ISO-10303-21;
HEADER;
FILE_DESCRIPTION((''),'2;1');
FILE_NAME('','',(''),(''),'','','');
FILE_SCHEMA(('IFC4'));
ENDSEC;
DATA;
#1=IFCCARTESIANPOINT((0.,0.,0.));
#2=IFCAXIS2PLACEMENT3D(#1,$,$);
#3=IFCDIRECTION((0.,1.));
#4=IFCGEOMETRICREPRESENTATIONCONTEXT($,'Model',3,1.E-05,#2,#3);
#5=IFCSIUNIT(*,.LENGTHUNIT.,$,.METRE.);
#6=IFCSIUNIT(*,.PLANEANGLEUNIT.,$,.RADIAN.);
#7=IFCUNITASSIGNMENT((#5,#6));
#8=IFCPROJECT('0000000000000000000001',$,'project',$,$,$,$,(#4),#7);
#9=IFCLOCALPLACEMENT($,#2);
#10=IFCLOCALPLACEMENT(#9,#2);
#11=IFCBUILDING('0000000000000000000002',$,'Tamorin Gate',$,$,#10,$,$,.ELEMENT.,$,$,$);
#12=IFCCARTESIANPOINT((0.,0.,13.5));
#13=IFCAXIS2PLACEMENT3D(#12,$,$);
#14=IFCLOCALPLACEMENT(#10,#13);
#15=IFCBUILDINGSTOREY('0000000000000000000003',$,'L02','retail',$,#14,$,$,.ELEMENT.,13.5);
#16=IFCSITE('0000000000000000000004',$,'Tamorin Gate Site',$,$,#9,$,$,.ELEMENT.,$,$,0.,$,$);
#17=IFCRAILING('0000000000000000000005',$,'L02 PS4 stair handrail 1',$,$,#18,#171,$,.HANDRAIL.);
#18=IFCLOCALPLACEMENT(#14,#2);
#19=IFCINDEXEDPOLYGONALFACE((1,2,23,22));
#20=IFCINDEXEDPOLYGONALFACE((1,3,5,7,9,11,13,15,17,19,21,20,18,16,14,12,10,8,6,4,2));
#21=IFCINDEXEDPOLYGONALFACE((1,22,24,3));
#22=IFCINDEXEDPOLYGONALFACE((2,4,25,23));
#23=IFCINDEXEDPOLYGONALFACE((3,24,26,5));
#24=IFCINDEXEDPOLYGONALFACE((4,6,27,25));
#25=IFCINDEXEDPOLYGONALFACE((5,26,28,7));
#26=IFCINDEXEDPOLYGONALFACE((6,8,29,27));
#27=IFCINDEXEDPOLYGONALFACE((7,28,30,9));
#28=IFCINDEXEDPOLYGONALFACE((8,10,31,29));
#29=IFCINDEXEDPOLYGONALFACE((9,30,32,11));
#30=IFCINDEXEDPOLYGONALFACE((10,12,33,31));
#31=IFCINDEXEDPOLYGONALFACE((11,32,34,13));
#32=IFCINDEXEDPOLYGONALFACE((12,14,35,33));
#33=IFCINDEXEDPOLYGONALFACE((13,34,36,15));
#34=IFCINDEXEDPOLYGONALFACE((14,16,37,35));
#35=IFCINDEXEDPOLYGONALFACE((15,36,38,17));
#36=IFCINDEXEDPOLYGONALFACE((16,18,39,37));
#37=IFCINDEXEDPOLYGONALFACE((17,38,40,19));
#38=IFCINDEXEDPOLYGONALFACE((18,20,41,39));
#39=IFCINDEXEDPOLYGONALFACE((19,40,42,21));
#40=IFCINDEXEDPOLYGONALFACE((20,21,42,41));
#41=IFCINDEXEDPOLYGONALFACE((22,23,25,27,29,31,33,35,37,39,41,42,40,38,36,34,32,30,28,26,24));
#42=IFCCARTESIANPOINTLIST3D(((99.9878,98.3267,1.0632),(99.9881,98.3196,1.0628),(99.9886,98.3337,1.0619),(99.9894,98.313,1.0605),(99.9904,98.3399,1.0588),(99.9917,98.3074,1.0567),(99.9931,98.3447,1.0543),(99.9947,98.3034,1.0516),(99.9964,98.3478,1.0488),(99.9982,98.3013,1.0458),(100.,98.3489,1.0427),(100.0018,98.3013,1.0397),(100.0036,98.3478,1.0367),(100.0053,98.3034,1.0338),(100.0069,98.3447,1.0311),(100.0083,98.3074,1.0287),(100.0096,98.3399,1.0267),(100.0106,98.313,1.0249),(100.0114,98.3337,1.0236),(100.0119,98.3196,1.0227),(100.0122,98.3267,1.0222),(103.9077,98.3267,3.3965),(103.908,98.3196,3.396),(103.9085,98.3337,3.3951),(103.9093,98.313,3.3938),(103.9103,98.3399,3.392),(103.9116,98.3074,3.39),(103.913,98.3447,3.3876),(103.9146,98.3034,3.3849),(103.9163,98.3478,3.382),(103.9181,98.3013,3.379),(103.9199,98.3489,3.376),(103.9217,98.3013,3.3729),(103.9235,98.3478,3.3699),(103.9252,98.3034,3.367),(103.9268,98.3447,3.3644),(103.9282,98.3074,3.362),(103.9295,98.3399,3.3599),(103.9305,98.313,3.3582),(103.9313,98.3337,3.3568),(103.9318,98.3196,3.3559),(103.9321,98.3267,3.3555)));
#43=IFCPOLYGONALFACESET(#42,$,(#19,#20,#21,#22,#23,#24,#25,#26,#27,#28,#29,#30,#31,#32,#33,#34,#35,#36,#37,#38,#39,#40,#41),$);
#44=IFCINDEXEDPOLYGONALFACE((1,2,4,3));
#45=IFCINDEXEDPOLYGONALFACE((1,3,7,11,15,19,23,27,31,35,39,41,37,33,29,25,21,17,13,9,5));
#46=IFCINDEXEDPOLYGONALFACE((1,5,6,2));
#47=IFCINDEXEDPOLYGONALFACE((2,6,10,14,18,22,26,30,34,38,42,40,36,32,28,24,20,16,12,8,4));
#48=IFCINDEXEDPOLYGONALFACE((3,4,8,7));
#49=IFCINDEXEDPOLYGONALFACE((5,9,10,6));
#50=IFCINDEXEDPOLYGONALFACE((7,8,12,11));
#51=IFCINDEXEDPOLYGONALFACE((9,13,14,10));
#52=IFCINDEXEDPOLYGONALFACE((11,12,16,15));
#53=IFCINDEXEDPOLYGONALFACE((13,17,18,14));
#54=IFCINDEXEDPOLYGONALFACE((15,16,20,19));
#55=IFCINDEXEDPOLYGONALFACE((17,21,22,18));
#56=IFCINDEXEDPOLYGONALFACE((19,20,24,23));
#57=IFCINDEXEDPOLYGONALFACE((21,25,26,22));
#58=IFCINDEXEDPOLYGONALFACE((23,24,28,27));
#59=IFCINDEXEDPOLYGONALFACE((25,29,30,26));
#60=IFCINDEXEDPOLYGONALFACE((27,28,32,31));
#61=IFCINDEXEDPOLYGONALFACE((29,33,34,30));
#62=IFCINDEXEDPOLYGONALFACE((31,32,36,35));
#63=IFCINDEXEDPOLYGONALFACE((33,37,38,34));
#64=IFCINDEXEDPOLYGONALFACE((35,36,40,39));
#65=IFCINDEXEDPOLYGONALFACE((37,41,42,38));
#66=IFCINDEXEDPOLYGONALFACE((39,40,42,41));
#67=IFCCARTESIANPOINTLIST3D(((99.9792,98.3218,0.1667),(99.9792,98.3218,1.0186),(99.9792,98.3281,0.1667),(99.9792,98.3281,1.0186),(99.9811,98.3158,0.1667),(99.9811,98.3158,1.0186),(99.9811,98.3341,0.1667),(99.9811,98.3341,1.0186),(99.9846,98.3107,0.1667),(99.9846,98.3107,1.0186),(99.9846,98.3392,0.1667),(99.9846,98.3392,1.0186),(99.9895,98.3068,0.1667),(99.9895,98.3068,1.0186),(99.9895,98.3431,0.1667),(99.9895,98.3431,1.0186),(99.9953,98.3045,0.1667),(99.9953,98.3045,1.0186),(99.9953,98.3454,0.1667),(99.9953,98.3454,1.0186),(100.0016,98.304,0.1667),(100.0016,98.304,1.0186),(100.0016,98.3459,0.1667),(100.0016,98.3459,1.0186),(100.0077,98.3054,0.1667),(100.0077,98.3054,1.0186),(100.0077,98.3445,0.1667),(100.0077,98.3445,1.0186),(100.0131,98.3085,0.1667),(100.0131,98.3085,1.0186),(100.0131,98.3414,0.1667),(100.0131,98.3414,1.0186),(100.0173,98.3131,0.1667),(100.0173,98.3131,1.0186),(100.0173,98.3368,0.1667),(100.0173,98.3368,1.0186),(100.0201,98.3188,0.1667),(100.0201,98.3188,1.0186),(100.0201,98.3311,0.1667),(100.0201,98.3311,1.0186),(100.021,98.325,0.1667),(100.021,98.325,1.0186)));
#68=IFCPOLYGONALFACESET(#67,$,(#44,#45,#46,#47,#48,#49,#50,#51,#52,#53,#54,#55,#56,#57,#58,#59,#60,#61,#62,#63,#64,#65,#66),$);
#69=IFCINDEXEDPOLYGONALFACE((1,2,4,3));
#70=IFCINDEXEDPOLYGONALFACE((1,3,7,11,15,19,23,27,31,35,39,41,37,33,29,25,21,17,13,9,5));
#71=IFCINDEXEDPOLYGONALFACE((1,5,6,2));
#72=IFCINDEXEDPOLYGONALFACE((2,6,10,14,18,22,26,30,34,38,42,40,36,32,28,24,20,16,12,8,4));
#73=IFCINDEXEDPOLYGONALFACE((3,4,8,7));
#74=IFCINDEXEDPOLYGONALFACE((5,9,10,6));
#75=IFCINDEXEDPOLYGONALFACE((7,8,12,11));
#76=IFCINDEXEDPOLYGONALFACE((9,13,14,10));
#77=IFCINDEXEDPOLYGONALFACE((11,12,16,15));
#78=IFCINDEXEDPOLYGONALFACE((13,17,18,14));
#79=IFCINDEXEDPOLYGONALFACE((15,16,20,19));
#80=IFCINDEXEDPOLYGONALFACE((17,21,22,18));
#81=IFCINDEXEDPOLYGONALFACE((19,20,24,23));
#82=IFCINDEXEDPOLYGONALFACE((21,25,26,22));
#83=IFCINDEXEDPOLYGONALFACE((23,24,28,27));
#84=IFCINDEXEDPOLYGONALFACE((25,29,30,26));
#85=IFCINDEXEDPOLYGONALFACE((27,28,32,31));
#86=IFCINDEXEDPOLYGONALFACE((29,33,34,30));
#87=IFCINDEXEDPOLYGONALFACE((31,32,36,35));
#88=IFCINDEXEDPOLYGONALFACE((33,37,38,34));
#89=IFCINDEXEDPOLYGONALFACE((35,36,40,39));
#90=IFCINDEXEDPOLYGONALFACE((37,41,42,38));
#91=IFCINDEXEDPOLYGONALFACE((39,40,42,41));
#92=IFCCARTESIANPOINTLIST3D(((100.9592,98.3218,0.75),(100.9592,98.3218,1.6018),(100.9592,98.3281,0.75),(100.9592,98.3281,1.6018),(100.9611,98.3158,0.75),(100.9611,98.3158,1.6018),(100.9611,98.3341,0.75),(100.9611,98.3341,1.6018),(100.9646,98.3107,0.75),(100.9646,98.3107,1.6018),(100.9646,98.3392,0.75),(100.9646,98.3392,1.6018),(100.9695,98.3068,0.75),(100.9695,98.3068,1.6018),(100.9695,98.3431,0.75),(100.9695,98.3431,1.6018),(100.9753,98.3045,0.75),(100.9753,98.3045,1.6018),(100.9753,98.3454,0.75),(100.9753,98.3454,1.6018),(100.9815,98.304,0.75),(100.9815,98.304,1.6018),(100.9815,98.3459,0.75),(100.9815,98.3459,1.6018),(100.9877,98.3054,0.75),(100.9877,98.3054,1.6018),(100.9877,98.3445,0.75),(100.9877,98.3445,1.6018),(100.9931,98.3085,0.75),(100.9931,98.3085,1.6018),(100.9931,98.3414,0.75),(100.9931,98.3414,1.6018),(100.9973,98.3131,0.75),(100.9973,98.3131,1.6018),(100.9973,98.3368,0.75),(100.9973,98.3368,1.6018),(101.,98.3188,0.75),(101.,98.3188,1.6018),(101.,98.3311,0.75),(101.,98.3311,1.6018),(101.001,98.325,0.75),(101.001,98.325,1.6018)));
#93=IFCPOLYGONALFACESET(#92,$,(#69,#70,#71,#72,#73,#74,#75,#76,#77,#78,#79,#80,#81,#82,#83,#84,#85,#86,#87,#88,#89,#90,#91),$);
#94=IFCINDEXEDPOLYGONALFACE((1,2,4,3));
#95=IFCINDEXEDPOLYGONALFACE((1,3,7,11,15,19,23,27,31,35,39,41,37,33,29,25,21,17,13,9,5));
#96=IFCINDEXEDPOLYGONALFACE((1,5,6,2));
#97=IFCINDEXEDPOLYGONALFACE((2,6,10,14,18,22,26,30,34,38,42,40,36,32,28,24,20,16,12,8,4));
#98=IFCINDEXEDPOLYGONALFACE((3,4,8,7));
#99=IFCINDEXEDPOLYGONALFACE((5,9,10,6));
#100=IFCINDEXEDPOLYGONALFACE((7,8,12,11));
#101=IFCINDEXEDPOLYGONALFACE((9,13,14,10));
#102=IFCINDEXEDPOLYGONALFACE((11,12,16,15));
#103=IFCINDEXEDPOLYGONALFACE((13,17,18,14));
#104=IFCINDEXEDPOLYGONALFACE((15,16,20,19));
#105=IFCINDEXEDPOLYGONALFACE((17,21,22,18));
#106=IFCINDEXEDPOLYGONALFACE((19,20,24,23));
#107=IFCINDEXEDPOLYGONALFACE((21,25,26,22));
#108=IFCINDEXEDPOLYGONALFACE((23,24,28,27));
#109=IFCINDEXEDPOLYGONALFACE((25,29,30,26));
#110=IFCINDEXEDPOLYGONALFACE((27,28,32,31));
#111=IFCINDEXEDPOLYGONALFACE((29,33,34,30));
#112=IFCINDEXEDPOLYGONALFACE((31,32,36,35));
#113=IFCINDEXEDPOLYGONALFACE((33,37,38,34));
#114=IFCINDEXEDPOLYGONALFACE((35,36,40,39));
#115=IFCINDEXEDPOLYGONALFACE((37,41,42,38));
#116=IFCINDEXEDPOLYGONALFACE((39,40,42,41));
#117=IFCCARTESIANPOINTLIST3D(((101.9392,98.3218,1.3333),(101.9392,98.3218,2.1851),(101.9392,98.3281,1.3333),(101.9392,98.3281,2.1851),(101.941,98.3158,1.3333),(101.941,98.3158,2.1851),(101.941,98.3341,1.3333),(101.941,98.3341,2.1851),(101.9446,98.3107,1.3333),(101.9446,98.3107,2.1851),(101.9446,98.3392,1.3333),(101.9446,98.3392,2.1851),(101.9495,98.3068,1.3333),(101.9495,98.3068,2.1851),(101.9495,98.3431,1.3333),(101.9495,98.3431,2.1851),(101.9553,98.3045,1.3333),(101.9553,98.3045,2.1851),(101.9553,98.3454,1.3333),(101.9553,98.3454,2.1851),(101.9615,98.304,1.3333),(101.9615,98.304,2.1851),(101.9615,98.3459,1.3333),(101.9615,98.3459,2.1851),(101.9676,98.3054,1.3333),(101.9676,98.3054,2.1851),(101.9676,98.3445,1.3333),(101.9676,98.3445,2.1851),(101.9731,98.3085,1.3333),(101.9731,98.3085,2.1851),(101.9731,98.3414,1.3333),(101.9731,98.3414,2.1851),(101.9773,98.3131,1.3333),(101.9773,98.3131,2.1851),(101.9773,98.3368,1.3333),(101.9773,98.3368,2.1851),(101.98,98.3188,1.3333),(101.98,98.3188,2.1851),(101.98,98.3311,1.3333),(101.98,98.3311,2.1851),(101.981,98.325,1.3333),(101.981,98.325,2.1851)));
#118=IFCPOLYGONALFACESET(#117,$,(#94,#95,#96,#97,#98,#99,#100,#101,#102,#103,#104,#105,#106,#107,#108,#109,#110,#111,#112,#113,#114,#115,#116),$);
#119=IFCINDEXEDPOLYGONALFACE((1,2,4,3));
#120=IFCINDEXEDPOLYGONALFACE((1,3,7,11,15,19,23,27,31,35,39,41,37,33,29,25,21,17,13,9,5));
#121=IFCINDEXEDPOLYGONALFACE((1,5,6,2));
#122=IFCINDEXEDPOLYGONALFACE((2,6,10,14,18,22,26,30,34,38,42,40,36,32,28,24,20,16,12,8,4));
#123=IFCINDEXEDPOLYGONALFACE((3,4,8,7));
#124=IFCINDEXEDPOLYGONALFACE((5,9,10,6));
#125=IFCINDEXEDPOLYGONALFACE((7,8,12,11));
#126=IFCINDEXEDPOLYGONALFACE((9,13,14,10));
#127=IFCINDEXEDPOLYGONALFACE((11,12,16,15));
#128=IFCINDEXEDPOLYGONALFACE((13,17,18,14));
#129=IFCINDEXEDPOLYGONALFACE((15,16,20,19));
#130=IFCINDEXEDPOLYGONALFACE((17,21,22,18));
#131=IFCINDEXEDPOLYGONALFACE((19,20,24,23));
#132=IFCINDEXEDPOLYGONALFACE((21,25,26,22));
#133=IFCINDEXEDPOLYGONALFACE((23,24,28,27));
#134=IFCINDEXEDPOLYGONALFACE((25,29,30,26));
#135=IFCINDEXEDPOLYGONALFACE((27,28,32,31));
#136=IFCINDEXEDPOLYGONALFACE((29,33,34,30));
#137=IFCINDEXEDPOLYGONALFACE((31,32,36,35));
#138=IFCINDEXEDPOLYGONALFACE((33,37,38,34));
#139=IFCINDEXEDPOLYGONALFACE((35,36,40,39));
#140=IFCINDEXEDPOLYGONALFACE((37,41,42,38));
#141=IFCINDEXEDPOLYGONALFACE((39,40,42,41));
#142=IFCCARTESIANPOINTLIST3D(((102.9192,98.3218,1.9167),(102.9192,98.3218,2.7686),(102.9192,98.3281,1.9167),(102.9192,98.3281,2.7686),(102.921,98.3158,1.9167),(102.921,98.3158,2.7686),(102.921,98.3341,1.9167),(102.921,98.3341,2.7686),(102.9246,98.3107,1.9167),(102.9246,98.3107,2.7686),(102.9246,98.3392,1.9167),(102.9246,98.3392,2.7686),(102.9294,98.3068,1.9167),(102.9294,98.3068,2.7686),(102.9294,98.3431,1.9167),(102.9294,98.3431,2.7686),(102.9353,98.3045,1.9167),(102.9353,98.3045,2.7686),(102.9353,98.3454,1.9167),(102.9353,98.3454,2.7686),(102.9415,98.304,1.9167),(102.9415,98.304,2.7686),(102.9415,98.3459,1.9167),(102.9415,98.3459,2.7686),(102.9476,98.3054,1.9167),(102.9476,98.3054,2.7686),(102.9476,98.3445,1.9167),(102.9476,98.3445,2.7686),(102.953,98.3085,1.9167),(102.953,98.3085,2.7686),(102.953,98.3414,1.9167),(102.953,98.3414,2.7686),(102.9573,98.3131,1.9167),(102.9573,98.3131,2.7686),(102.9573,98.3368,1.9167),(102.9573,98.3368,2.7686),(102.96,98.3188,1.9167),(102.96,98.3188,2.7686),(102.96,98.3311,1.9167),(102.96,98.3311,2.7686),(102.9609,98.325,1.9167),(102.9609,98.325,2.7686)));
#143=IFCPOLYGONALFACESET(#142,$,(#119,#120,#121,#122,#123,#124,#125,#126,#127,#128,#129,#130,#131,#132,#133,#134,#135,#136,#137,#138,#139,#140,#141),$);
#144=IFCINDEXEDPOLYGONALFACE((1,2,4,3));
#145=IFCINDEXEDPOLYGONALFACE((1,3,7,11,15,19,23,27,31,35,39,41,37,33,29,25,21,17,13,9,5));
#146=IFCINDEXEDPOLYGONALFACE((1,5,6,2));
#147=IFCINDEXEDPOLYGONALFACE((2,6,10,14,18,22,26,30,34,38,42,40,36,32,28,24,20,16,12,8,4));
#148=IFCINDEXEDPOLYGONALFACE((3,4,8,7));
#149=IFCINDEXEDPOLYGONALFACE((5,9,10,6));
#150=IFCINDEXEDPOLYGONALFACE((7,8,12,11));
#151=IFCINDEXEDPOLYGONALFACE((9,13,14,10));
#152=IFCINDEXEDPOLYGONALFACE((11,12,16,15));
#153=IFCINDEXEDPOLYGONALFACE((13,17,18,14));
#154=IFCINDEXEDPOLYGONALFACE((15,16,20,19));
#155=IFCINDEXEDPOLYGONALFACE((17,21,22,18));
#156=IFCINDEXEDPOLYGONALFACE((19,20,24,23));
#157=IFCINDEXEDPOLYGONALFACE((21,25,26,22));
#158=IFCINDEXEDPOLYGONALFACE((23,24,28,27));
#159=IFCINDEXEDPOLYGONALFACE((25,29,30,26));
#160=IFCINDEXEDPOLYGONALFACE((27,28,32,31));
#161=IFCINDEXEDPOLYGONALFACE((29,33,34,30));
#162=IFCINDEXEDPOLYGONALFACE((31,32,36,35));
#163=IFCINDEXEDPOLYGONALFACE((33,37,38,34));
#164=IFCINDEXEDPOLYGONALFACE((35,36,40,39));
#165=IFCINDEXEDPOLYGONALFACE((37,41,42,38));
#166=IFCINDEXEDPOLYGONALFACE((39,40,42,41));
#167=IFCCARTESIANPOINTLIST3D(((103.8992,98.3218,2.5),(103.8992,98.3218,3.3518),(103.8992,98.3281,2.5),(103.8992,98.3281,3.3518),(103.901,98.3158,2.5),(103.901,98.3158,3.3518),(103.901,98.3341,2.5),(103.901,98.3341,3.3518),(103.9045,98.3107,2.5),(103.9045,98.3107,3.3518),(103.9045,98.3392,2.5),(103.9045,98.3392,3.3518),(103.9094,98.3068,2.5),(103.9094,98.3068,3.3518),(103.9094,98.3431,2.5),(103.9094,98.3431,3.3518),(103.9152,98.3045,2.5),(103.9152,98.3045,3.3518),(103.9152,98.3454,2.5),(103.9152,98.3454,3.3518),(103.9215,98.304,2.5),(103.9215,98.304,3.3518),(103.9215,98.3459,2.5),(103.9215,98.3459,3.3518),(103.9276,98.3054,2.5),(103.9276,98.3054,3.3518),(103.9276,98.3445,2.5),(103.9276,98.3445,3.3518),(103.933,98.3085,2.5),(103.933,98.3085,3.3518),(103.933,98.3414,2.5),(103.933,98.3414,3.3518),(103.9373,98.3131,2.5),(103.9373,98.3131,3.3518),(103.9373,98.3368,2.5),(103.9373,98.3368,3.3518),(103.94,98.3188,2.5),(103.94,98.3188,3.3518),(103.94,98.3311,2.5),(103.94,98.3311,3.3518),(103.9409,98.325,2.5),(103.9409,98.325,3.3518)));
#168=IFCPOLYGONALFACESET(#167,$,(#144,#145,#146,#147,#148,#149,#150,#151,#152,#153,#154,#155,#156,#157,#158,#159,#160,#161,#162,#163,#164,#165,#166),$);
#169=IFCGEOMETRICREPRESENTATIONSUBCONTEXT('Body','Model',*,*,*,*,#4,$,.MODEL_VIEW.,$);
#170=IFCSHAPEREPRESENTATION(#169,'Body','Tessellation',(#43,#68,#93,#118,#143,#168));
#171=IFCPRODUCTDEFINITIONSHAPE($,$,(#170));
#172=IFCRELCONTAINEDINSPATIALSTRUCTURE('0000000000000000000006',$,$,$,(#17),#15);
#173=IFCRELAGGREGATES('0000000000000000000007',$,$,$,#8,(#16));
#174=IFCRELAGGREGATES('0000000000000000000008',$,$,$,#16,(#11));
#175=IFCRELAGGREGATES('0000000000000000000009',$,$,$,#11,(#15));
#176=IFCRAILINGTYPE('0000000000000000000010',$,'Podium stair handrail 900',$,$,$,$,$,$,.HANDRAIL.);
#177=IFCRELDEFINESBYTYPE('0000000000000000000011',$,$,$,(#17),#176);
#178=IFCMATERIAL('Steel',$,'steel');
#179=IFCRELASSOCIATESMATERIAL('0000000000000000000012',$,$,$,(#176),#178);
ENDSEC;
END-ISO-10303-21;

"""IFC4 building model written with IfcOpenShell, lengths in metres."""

from ifc_helpers import new_model, si_unit, direction, frame, origin, origin_2d, place, context, subcontext, project, spatial, circle, extrude, material, type_object, element, save


model = new_model("IFC4")

# Units and contexts
model_context = context("Model", 3, precision=1e-05, world=origin(), true_north=direction((0.0, 1.0)))
body_context = subcontext(model_context, "Body", "Model", "MODEL_VIEW")
ifc_project = project(units=[si_unit("LENGTHUNIT", "METRE"), si_unit("PLANEANGLEUNIT", "RADIAN")], contexts=[model_context])

# Site, building, storey
site_placement = place(None, origin())
site = spatial("IfcSite", under=ifc_project, at=site_placement, Name="Tamorin Gate Site", CompositionType="ELEMENT", RefElevation=0.0)
building_placement = place(site_placement, origin())
building = spatial("IfcBuilding", under=site, at=building_placement, Name="Tamorin Gate", CompositionType="ELEMENT")
storey_placement = place(building_placement, frame((0.0, 0.0, 13.5)))
storey = spatial("IfcBuildingStorey", under=building, at=storey_placement, Name="L02", Description="retail", CompositionType="ELEMENT", Elevation=13.5)

# Railing
ifc_material_1 = material(Name="Steel", Category="steel")
railing_type_1 = type_object("IfcRailingType", Name="Podium stair handrail 900", PredefinedType="HANDRAIL", material=ifc_material_1)
railing_1_placement = place(storey_placement, frame((100.0, 98.325, 0.1667)))
element("IfcRailing", 1, at=railing_1_placement, inside=storey, type_object=railing_type_1, Name="L02 PS4 stair handrail 1", PredefinedType="HANDRAIL", context=body_context, shape_type="SweptSolid", body=[
    extrude(circle(Radius=0.0239, at=origin_2d()), frame((0.0, 0.0, 0.876), z_axis=(0.859296, 0.0, 0.511478), x_axis=(0.0, 1.0, 0.0)), (0.0, 0.0, 1.0), 4.5618),
    extrude(circle(Radius=0.021, at=origin_2d()), origin(), (0.0, 0.0, 1.0), 0.8518),
    extrude(circle(Radius=0.021, at=origin_2d()), frame((0.98, 0.0, 0.5833)), (0.0, 0.0, 1.0), 0.8518),
    extrude(circle(Radius=0.021, at=origin_2d()), frame((1.96, 0.0, 1.1665)), (0.0, 0.0, 1.0), 0.8518),
    extrude(circle(Radius=0.021, at=origin_2d()), frame((2.9399, 0.0, 1.75)), (0.0, 0.0, 1.0), 0.8518),
    extrude(circle(Radius=0.021, at=origin_2d()), frame((3.9199, 0.0, 2.3333)), (0.0, 0.0, 1.0), 0.8518),
])

save(model, "model.ifc")
